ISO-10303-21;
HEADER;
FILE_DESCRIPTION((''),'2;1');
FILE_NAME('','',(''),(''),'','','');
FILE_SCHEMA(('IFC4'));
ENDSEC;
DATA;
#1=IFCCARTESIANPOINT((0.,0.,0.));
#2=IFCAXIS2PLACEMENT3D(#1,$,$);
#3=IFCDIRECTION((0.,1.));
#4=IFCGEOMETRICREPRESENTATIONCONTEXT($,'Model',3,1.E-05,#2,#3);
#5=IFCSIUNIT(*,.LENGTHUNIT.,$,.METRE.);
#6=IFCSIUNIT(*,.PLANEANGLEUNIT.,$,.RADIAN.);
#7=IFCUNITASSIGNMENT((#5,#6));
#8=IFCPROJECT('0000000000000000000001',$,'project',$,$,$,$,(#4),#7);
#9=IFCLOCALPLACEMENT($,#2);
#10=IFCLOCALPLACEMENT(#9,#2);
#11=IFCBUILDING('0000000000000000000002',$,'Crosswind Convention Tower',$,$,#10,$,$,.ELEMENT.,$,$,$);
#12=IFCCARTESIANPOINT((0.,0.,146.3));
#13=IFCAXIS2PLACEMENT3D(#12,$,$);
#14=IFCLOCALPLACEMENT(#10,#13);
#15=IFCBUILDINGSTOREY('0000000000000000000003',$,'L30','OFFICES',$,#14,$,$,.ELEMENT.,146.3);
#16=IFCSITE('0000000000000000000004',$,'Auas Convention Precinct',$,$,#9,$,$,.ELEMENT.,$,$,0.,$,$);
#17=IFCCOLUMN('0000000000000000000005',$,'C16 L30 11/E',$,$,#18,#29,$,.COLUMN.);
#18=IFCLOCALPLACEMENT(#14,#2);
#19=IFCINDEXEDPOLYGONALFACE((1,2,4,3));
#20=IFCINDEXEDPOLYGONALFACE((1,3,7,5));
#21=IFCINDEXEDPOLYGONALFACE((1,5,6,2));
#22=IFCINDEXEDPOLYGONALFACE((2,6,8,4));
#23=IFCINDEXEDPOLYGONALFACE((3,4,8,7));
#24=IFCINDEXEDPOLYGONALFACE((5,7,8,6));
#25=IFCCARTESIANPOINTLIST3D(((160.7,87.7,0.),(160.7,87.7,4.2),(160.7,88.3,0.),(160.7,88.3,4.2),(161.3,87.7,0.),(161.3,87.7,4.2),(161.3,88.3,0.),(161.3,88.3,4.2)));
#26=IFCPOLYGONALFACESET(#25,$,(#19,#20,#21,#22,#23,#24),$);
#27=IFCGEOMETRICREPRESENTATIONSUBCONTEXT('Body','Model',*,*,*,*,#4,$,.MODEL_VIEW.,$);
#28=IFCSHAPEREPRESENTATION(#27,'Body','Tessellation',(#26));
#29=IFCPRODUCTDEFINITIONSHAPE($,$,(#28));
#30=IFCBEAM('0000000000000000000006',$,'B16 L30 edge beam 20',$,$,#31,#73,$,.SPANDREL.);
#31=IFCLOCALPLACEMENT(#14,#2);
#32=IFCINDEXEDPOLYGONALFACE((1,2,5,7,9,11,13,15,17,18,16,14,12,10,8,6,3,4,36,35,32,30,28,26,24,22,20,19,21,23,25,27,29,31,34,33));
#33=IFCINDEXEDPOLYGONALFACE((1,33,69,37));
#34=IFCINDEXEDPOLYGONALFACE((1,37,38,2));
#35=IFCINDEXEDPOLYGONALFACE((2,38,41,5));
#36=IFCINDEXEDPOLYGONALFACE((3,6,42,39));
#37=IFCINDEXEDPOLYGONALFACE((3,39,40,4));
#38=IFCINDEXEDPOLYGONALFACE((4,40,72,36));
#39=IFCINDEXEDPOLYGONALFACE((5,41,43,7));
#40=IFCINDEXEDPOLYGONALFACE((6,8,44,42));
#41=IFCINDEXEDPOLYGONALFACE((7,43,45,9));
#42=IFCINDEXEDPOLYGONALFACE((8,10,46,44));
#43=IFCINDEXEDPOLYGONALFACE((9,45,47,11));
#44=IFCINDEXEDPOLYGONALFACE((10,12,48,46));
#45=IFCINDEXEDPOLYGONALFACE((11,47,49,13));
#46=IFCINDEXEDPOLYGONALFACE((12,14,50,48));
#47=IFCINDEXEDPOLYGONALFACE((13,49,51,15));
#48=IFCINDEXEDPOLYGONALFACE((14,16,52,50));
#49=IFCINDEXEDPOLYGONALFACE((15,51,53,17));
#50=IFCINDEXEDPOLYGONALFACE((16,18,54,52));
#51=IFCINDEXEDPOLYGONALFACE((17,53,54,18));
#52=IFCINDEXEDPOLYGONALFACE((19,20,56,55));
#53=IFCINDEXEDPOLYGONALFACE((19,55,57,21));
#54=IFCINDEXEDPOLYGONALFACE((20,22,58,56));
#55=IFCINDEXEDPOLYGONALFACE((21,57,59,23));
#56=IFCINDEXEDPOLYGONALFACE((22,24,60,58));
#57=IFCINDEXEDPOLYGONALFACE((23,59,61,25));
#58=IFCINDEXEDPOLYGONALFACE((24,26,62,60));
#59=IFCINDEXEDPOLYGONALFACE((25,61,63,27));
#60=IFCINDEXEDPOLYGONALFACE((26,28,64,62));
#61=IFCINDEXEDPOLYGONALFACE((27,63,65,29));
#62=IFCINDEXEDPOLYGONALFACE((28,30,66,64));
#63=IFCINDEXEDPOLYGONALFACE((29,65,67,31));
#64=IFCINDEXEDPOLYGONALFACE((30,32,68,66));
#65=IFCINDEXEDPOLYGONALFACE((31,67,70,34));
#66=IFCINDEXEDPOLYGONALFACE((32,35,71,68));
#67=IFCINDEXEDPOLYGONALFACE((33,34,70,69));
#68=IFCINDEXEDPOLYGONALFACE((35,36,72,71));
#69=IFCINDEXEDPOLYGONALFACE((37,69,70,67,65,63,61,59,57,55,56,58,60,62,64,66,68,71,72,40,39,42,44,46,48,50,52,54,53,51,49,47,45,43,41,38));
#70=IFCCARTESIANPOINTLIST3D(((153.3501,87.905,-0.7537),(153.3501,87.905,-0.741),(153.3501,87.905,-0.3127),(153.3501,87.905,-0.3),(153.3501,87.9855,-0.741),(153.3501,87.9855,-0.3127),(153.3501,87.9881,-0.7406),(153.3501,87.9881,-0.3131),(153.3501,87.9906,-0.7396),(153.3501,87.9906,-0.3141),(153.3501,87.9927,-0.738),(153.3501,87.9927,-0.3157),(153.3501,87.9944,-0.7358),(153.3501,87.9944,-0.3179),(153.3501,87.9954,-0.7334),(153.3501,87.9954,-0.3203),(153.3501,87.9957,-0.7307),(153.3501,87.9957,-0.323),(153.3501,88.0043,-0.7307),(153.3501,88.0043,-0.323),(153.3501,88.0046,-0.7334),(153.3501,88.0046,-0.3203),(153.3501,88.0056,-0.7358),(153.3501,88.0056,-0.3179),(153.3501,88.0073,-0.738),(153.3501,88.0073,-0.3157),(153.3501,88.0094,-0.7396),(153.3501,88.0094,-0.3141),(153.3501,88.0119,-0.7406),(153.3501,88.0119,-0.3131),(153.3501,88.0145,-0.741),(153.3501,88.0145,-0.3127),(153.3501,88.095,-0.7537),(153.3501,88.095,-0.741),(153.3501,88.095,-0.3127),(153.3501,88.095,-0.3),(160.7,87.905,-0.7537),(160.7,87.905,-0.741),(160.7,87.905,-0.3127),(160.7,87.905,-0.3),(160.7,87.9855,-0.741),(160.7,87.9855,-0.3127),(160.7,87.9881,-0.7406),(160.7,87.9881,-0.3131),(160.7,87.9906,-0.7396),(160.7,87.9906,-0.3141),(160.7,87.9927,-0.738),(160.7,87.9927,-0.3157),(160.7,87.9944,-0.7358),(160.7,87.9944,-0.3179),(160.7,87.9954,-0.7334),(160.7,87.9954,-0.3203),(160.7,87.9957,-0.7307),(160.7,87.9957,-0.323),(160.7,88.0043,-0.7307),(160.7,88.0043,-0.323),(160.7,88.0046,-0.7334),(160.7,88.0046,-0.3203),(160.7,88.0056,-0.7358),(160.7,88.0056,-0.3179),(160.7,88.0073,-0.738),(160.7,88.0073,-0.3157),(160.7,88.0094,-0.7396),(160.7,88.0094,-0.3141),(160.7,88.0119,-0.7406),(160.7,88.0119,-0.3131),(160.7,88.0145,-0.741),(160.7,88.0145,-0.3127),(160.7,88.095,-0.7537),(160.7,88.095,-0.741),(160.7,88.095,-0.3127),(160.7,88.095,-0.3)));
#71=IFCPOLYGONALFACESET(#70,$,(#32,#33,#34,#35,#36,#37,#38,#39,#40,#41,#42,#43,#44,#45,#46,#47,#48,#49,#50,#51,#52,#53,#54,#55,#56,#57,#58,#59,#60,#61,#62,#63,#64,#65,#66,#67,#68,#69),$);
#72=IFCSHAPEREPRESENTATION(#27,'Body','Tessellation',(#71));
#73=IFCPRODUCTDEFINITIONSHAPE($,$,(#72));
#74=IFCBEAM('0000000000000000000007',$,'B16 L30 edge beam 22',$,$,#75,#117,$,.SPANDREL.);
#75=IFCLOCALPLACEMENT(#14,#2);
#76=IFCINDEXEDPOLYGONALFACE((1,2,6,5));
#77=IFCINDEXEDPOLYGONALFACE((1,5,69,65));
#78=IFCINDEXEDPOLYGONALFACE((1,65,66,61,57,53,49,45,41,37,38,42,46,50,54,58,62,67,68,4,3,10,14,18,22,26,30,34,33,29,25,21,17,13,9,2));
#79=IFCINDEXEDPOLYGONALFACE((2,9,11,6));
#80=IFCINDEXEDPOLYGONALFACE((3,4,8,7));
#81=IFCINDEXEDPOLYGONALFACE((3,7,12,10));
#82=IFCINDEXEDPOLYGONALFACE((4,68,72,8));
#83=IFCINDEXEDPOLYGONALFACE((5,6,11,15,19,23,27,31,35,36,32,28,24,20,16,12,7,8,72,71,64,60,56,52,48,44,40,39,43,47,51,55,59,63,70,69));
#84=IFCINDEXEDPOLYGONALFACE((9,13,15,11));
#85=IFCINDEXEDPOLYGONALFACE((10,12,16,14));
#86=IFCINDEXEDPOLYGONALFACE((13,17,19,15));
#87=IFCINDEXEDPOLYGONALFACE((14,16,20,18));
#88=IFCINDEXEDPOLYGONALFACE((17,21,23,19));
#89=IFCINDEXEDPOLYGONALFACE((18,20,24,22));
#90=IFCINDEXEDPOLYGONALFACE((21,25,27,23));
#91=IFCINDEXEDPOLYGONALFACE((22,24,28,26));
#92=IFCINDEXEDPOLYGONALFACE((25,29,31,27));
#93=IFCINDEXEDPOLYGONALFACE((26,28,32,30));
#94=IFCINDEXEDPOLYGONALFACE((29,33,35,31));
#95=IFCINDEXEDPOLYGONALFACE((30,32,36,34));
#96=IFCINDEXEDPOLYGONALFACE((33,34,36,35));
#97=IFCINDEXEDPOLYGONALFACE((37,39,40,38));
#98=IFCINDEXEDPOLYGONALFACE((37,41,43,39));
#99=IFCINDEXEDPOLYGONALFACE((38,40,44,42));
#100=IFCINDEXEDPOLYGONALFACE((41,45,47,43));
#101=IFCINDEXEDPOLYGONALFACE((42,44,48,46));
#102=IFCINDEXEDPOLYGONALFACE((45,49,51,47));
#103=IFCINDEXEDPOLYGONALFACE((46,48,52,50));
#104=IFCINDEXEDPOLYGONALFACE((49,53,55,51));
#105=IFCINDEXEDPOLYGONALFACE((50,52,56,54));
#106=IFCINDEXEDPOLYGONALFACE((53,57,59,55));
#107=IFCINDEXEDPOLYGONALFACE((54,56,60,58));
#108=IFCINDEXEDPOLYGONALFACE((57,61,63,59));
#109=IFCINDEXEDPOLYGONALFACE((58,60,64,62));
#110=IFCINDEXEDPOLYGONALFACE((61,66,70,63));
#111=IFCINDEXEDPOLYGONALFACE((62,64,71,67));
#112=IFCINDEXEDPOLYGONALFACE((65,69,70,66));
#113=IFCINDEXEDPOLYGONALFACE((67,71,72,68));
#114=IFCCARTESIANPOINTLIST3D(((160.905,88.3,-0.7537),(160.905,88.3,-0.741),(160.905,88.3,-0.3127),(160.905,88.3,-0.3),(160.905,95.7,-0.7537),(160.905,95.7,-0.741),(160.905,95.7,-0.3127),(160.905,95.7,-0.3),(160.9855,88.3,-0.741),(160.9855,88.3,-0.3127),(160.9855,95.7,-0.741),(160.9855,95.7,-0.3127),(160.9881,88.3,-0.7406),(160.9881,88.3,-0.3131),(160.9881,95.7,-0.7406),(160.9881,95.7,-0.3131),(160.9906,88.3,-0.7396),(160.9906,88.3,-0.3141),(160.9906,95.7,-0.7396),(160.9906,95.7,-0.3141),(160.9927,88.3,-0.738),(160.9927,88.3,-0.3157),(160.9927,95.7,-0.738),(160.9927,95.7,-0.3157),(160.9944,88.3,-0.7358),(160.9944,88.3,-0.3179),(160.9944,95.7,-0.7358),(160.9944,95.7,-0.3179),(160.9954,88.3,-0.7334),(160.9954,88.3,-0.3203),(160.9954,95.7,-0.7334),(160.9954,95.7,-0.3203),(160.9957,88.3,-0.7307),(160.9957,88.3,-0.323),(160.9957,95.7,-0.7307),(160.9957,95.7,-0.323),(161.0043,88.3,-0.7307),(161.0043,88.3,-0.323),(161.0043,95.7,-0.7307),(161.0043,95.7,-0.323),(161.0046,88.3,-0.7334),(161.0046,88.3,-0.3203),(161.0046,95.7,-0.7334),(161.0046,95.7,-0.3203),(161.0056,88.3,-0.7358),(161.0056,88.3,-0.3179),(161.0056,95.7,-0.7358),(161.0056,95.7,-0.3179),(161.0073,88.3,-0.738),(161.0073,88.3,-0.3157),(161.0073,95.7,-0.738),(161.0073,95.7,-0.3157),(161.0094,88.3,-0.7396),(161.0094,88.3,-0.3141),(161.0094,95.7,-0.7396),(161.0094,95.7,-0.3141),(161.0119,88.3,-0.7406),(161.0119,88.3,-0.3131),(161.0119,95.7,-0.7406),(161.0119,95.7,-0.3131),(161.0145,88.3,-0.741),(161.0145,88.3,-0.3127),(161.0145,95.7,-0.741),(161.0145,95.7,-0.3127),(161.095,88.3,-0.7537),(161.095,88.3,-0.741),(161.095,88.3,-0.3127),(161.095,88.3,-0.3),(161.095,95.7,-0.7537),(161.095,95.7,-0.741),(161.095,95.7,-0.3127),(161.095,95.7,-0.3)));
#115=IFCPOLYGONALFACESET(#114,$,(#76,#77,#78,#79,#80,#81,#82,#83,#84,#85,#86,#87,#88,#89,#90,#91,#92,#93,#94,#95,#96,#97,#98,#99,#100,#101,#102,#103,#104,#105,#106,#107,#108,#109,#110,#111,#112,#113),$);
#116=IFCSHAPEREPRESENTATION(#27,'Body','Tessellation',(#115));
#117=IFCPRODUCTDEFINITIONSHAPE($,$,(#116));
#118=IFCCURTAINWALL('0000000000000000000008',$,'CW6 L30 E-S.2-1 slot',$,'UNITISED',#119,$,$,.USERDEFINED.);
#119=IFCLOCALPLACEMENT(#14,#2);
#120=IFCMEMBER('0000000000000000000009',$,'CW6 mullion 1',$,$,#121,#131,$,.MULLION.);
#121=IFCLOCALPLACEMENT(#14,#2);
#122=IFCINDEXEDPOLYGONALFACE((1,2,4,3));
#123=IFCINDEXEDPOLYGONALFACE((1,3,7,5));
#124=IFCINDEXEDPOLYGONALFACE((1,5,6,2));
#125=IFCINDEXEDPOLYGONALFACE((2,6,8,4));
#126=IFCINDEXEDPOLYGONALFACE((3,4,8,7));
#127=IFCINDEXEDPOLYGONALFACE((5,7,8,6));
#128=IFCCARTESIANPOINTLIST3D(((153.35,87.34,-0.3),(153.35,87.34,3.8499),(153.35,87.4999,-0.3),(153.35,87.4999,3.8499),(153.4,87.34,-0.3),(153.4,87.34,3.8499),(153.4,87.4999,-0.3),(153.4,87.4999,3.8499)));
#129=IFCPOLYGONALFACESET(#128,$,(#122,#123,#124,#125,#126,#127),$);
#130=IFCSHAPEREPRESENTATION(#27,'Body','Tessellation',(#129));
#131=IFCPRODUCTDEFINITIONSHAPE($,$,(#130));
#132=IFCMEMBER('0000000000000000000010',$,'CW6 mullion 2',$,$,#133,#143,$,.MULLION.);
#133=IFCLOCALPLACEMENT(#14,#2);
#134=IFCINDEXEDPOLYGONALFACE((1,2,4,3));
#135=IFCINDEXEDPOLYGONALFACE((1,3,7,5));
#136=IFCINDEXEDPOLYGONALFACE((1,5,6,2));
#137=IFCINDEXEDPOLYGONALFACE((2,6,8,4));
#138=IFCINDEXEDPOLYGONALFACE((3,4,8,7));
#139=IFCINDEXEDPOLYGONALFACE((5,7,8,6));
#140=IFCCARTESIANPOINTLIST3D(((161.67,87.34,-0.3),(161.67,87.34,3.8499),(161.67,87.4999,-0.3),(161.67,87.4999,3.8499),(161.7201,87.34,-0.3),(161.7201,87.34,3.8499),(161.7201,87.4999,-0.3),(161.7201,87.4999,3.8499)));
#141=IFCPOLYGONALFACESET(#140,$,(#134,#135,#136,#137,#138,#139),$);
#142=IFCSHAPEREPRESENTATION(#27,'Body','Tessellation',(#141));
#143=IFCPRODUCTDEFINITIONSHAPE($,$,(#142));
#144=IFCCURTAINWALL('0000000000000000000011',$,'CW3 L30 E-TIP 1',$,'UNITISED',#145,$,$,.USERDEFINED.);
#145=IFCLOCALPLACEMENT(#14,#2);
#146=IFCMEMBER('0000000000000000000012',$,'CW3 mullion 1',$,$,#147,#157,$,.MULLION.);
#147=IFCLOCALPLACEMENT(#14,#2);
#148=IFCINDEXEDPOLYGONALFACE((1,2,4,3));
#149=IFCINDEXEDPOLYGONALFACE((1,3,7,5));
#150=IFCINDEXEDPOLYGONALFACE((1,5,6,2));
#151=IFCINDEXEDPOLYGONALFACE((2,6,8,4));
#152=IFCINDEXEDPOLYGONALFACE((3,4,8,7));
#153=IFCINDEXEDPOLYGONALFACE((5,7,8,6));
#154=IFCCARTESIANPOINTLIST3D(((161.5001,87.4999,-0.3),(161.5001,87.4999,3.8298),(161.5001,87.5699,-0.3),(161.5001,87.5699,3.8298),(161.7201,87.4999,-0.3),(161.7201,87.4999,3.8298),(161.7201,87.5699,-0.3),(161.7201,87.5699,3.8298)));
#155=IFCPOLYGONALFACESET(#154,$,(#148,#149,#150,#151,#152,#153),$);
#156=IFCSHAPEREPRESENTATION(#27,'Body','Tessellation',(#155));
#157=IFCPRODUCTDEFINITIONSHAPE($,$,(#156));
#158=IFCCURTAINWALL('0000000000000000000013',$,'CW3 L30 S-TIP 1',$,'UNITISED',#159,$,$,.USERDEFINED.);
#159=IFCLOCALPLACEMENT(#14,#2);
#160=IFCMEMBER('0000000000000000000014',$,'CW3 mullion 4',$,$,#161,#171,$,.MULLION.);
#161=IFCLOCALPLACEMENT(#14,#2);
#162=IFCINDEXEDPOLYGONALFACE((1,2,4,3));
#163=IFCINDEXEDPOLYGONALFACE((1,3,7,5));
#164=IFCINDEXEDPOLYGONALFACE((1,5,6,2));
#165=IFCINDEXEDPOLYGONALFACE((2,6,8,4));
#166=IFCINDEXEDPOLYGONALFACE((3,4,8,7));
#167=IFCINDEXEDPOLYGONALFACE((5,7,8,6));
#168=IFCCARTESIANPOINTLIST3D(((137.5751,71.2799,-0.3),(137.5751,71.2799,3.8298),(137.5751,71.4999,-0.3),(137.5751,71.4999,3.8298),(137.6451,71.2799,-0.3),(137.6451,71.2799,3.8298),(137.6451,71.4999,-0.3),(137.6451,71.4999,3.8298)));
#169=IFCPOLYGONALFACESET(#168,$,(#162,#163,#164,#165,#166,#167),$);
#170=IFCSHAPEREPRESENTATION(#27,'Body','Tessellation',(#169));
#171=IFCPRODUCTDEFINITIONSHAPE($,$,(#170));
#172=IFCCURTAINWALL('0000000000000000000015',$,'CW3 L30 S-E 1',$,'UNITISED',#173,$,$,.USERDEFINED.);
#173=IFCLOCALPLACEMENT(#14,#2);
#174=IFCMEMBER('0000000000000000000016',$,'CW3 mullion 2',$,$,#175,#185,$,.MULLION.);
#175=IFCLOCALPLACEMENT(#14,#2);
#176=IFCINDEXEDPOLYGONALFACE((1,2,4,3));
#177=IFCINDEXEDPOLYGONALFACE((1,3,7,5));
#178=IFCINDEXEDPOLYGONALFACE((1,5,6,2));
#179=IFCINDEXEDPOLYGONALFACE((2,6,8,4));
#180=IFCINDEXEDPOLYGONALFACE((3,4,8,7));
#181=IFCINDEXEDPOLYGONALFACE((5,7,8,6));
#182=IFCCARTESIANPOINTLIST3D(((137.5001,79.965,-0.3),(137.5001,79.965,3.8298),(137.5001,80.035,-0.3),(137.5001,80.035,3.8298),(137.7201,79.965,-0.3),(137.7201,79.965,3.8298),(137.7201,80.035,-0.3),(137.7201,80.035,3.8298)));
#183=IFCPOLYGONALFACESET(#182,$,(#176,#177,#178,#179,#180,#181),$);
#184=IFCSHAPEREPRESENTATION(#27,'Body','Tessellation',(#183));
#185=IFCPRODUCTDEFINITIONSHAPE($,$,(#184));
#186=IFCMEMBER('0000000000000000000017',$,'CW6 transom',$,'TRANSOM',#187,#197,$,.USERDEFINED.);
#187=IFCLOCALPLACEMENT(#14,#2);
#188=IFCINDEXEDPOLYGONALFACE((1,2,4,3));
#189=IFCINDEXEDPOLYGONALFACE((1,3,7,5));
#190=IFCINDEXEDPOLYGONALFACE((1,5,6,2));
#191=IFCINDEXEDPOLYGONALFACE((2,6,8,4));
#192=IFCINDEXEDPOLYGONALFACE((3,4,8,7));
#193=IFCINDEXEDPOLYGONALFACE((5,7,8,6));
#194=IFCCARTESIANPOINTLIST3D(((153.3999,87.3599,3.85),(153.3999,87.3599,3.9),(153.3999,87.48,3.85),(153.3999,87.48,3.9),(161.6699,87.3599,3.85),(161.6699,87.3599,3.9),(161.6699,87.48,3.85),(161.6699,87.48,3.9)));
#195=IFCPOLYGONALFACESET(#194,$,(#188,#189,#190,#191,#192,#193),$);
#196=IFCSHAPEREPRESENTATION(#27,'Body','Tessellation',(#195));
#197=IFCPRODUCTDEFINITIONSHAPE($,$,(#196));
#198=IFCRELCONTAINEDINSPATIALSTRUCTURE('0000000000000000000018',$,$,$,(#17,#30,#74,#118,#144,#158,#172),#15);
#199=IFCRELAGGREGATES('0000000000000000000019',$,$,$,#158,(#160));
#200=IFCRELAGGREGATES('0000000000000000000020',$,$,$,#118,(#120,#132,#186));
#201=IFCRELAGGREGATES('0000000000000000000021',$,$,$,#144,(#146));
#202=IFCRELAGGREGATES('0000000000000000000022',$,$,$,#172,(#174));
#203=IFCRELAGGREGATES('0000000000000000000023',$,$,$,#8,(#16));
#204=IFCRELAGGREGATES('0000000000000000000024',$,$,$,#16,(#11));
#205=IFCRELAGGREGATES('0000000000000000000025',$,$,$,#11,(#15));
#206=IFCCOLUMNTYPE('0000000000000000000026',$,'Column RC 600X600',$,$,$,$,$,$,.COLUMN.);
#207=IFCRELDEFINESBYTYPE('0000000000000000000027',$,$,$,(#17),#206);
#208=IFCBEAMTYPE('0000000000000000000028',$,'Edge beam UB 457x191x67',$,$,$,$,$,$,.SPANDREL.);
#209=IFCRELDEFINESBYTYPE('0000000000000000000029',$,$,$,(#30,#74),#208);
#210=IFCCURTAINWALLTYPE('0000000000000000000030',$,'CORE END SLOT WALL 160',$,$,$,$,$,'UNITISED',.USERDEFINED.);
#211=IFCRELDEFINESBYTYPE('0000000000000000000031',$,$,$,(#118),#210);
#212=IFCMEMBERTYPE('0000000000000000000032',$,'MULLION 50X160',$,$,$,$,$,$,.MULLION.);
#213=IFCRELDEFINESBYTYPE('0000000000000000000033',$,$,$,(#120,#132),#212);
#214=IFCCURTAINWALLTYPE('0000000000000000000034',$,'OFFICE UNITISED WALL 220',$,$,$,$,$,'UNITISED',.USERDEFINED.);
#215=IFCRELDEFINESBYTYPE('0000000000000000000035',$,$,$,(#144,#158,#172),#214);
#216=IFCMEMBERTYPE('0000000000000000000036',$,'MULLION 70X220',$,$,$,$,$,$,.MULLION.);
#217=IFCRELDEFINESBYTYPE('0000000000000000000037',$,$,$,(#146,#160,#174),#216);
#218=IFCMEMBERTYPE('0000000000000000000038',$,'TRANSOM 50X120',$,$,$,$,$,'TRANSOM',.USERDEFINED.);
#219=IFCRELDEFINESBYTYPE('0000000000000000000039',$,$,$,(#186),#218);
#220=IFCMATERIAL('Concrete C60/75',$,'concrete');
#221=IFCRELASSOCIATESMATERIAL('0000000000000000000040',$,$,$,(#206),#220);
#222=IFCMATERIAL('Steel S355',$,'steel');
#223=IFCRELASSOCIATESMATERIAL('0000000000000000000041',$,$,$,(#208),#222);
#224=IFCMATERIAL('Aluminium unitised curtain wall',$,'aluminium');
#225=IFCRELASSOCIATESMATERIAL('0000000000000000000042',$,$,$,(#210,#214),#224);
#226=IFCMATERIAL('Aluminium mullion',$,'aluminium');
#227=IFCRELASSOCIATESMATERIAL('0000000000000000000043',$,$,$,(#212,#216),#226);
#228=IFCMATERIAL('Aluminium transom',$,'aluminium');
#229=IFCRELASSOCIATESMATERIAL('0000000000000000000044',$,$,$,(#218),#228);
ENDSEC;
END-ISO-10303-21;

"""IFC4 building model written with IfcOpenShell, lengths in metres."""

from ifc_helpers import new_model, si_unit, direction, frame, origin, origin_2d, place, context, subcontext, project, spatial, rectangle, i_section, extrude, material, material_profile, profile_set, type_object, element, aggregate, save


model = new_model("IFC4")

# Units and contexts
model_context = context("Model", 3, precision=1e-05, world=origin(), true_north=direction((0.0, 1.0)))
body_context = subcontext(model_context, "Body", "Model", "MODEL_VIEW")
ifc_project = project(units=[si_unit("LENGTHUNIT", "METRE"), si_unit("PLANEANGLEUNIT", "RADIAN")], contexts=[model_context])

# Site, building, storey
site_placement = place(None, origin())
site = spatial("IfcSite", under=ifc_project, at=site_placement, Name="Auas Convention Precinct", CompositionType="ELEMENT", RefElevation=0.0)
building_placement = place(site_placement, origin())
building = spatial("IfcBuilding", under=site, at=building_placement, Name="Crosswind Convention Tower", CompositionType="ELEMENT")
storey_placement = place(building_placement, frame((0.0, 0.0, 146.3)))
storey = spatial("IfcBuildingStorey", under=building, at=storey_placement, Name="L30", Description="OFFICES", CompositionType="ELEMENT", Elevation=146.3)

# Column
ifc_material_1 = material(Name="Concrete C60/75", Category="concrete")
ifc_material_profile_1 = material_profile(ifc_material_1, rectangle(XDim=0.6001, YDim=0.6001, at=origin_2d()), Name="RC 600X600")
ifc_profile_set_1 = profile_set([ifc_material_profile_1], Name="Concrete C60/75")
column_type = type_object("IfcColumnType", Name="Column RC 600X600", PredefinedType="COLUMN", material=ifc_profile_set_1)
column_placement = place(storey_placement, frame((161.0, 88.0, 0.0), z_axis=(0.0, 0.0, 1.0), x_axis=(1.0, 0.0, 0.0)))
element("IfcColumn", 1, at=column_placement, inside=storey, type_object=column_type, Name="C16 L30 11/E", PredefinedType="COLUMN", context=body_context, shape_type="SweptSolid", body=[
    extrude(rectangle(XDim=0.6001, YDim=0.6001, at=origin_2d()), origin(), (0.0, 0.0, 1.0), 4.2),
])

# Beams
ifc_material_2 = material(Name="Steel S355", Category="steel")
ifc_material_profile_2 = material_profile(ifc_material_2, i_section(OverallWidth=0.1899, OverallDepth=0.4536, WebThickness=0.0085, FlangeThickness=0.0127, FilletRadius=0.0103, at=origin_2d()), Name="UB 457x191x67")
ifc_profile_set_2 = profile_set([ifc_material_profile_2], Name="Steel S355")
beam_type = type_object("IfcBeamType", Name="Edge beam UB 457x191x67", PredefinedType="SPANDREL", material=ifc_profile_set_2)
beam_1_placement = place(storey_placement, frame((153.3501, 88.0, -0.5269), z_axis=(1.0, 0.0, 0.0), x_axis=(0.0, 1.0, 0.0)))
element("IfcBeam", 2, at=beam_1_placement, inside=storey, type_object=beam_type, Name="B16 L30 edge beam 20", PredefinedType="SPANDREL", context=body_context, shape_type="SweptSolid", body=[
    extrude(i_section(OverallWidth=0.1899, OverallDepth=0.4536, WebThickness=0.0085, FlangeThickness=0.0127, FilletRadius=0.0103, at=origin_2d()), origin(), (0.0, 0.0, 1.0), 7.3499),
])
beam_2_placement = place(storey_placement, frame((161.0, 88.3, -0.5269), z_axis=(0.0, 1.0, 0.0), x_axis=(-1.0, 0.0, 0.0)))
element("IfcBeam", 3, at=beam_2_placement, inside=storey, type_object=beam_type, Name="B16 L30 edge beam 22", PredefinedType="SPANDREL", context=body_context, shape_type="SweptSolid", body=[
    extrude(i_section(OverallWidth=0.1899, OverallDepth=0.4536, WebThickness=0.0085, FlangeThickness=0.0127, FilletRadius=0.0103, at=origin_2d()), origin(), (0.0, 0.0, 1.0), 7.3999),
])

# Curtain wall, members
ifc_material_3 = material(Name="Aluminium unitised curtain wall", Category="aluminium")
curtain_wall_type_1 = type_object("IfcCurtainWallType", Name="CORE END SLOT WALL 160", ElementType="UNITISED", PredefinedType="USERDEFINED", material=ifc_material_3)
curtain_wall_1_placement = place(storey_placement, origin())
curtain_wall_1 = element("IfcCurtainWall", 4, at=curtain_wall_1_placement, inside=storey, type_object=curtain_wall_type_1, Name="CW6 L30 E-S.2-1 slot", ObjectType="UNITISED", PredefinedType="USERDEFINED")
ifc_material_4 = material(Name="Aluminium mullion", Category="aluminium")
ifc_material_profile_3 = material_profile(ifc_material_4, rectangle(XDim=0.1599, YDim=0.05, at=origin_2d()), Name="AL 160X50")
ifc_profile_set_3 = profile_set([ifc_material_profile_3], Name="Aluminium mullion")
member_type_1 = type_object("IfcMemberType", Name="MULLION 50X160", PredefinedType="MULLION", material=ifc_profile_set_3)
member_1_placement = place(storey_placement, frame((153.375, 87.4199, -0.3), z_axis=(0.0, 0.0, 1.0), x_axis=(0.0, -1.0, 0.0)))
member_1 = element("IfcMember", 5, at=member_1_placement, type_object=member_type_1, Name="CW6 mullion 1", PredefinedType="MULLION", context=body_context, shape_type="SweptSolid", body=[
    extrude(rectangle(XDim=0.1599, YDim=0.05, at=origin_2d()), origin(), (0.0, 0.0, 1.0), 4.1499),
])
member_2_placement = place(storey_placement, frame((161.6951, 87.4199, -0.3), z_axis=(0.0, 0.0, 1.0), x_axis=(0.0, -1.0, 0.0)))
member_2 = element("IfcMember", 6, at=member_2_placement, type_object=member_type_1, Name="CW6 mullion 2", PredefinedType="MULLION", context=body_context, shape_type="SweptSolid", body=[
    extrude(rectangle(XDim=0.1599, YDim=0.05, at=origin_2d()), origin(), (0.0, 0.0, 1.0), 4.1499),
])

# Curtain walls, members
curtain_wall_type_2 = type_object("IfcCurtainWallType", Name="OFFICE UNITISED WALL 220", ElementType="UNITISED", PredefinedType="USERDEFINED", material=ifc_material_3)
curtain_wall_2_placement = place(storey_placement, origin())
curtain_wall_2 = element("IfcCurtainWall", 7, at=curtain_wall_2_placement, inside=storey, type_object=curtain_wall_type_2, Name="CW3 L30 E-TIP 1", ObjectType="UNITISED", PredefinedType="USERDEFINED")
ifc_material_profile_4 = material_profile(ifc_material_4, rectangle(XDim=0.22, YDim=0.0701, at=origin_2d()), Name="AL 220X70")
ifc_profile_set_4 = profile_set([ifc_material_profile_4], Name="Aluminium mullion")
member_type_2 = type_object("IfcMemberType", Name="MULLION 70X220", PredefinedType="MULLION", material=ifc_profile_set_4)
member_3_placement = place(storey_placement, frame((161.6101, 87.5349, -0.3), z_axis=(0.0, 0.0, 1.0), x_axis=(1.0, 0.0, 0.0)))
member_3 = element("IfcMember", 8, at=member_3_placement, type_object=member_type_2, Name="CW3 mullion 1", PredefinedType="MULLION", context=body_context, shape_type="SweptSolid", body=[
    extrude(rectangle(XDim=0.22, YDim=0.0701, at=origin_2d()), origin(), (0.0, 0.0, 1.0), 4.1299),
])
curtain_wall_3_placement = place(storey_placement, origin())
curtain_wall_3 = element("IfcCurtainWall", 9, at=curtain_wall_3_placement, inside=storey, type_object=curtain_wall_type_2, Name="CW3 L30 S-TIP 1", ObjectType="UNITISED", PredefinedType="USERDEFINED")
member_4_placement = place(storey_placement, frame((137.6101, 71.3899, -0.3), z_axis=(0.0, 0.0, 1.0), x_axis=(0.0, -1.0, 0.0)))
member_4 = element("IfcMember", 10, at=member_4_placement, type_object=member_type_2, Name="CW3 mullion 4", PredefinedType="MULLION", context=body_context, shape_type="SweptSolid", body=[
    extrude(rectangle(XDim=0.22, YDim=0.0701, at=origin_2d()), origin(), (0.0, 0.0, 1.0), 4.1299),
])
aggregate(curtain_wall_3, [member_4])
curtain_wall_4_placement = place(storey_placement, origin())
curtain_wall_4 = element("IfcCurtainWall", 11, at=curtain_wall_4_placement, inside=storey, type_object=curtain_wall_type_2, Name="CW3 L30 S-E 1", ObjectType="UNITISED", PredefinedType="USERDEFINED")
member_5_placement = place(storey_placement, frame((137.6101, 80.0, -0.3), z_axis=(0.0, 0.0, 1.0), x_axis=(1.0, 0.0, 0.0)))
member_5 = element("IfcMember", 12, at=member_5_placement, type_object=member_type_2, Name="CW3 mullion 2", PredefinedType="MULLION", context=body_context, shape_type="SweptSolid", body=[
    extrude(rectangle(XDim=0.22, YDim=0.0701, at=origin_2d()), origin(), (0.0, 0.0, 1.0), 4.1299),
])

# Member
ifc_material_5 = material(Name="Aluminium transom", Category="aluminium")
ifc_material_profile_5 = material_profile(ifc_material_5, rectangle(XDim=0.1201, YDim=0.05, at=origin_2d()), Name="AL 120X50")
ifc_profile_set_5 = profile_set([ifc_material_profile_5], Name="Aluminium transom")
member_type_3 = type_object("IfcMemberType", Name="TRANSOM 50X120", ElementType="TRANSOM", PredefinedType="USERDEFINED", material=ifc_profile_set_5)
member_6_placement = place(storey_placement, frame((153.3999, 87.4199, 3.875), z_axis=(1.0, 0.0, 0.0), x_axis=(0.0, 1.0, 0.0)))
member_6 = element("IfcMember", 13, at=member_6_placement, type_object=member_type_3, Name="CW6 transom", ObjectType="TRANSOM", PredefinedType="USERDEFINED", context=body_context, shape_type="SweptSolid", body=[
    extrude(rectangle(XDim=0.1201, YDim=0.05, at=origin_2d()), origin(), (0.0, 0.0, 1.0), 8.27),
])

aggregate(curtain_wall_1, [member_1, member_2, member_6])

aggregate(curtain_wall_2, [member_3])
aggregate(curtain_wall_4, [member_5])

save(model, "model.ifc")
